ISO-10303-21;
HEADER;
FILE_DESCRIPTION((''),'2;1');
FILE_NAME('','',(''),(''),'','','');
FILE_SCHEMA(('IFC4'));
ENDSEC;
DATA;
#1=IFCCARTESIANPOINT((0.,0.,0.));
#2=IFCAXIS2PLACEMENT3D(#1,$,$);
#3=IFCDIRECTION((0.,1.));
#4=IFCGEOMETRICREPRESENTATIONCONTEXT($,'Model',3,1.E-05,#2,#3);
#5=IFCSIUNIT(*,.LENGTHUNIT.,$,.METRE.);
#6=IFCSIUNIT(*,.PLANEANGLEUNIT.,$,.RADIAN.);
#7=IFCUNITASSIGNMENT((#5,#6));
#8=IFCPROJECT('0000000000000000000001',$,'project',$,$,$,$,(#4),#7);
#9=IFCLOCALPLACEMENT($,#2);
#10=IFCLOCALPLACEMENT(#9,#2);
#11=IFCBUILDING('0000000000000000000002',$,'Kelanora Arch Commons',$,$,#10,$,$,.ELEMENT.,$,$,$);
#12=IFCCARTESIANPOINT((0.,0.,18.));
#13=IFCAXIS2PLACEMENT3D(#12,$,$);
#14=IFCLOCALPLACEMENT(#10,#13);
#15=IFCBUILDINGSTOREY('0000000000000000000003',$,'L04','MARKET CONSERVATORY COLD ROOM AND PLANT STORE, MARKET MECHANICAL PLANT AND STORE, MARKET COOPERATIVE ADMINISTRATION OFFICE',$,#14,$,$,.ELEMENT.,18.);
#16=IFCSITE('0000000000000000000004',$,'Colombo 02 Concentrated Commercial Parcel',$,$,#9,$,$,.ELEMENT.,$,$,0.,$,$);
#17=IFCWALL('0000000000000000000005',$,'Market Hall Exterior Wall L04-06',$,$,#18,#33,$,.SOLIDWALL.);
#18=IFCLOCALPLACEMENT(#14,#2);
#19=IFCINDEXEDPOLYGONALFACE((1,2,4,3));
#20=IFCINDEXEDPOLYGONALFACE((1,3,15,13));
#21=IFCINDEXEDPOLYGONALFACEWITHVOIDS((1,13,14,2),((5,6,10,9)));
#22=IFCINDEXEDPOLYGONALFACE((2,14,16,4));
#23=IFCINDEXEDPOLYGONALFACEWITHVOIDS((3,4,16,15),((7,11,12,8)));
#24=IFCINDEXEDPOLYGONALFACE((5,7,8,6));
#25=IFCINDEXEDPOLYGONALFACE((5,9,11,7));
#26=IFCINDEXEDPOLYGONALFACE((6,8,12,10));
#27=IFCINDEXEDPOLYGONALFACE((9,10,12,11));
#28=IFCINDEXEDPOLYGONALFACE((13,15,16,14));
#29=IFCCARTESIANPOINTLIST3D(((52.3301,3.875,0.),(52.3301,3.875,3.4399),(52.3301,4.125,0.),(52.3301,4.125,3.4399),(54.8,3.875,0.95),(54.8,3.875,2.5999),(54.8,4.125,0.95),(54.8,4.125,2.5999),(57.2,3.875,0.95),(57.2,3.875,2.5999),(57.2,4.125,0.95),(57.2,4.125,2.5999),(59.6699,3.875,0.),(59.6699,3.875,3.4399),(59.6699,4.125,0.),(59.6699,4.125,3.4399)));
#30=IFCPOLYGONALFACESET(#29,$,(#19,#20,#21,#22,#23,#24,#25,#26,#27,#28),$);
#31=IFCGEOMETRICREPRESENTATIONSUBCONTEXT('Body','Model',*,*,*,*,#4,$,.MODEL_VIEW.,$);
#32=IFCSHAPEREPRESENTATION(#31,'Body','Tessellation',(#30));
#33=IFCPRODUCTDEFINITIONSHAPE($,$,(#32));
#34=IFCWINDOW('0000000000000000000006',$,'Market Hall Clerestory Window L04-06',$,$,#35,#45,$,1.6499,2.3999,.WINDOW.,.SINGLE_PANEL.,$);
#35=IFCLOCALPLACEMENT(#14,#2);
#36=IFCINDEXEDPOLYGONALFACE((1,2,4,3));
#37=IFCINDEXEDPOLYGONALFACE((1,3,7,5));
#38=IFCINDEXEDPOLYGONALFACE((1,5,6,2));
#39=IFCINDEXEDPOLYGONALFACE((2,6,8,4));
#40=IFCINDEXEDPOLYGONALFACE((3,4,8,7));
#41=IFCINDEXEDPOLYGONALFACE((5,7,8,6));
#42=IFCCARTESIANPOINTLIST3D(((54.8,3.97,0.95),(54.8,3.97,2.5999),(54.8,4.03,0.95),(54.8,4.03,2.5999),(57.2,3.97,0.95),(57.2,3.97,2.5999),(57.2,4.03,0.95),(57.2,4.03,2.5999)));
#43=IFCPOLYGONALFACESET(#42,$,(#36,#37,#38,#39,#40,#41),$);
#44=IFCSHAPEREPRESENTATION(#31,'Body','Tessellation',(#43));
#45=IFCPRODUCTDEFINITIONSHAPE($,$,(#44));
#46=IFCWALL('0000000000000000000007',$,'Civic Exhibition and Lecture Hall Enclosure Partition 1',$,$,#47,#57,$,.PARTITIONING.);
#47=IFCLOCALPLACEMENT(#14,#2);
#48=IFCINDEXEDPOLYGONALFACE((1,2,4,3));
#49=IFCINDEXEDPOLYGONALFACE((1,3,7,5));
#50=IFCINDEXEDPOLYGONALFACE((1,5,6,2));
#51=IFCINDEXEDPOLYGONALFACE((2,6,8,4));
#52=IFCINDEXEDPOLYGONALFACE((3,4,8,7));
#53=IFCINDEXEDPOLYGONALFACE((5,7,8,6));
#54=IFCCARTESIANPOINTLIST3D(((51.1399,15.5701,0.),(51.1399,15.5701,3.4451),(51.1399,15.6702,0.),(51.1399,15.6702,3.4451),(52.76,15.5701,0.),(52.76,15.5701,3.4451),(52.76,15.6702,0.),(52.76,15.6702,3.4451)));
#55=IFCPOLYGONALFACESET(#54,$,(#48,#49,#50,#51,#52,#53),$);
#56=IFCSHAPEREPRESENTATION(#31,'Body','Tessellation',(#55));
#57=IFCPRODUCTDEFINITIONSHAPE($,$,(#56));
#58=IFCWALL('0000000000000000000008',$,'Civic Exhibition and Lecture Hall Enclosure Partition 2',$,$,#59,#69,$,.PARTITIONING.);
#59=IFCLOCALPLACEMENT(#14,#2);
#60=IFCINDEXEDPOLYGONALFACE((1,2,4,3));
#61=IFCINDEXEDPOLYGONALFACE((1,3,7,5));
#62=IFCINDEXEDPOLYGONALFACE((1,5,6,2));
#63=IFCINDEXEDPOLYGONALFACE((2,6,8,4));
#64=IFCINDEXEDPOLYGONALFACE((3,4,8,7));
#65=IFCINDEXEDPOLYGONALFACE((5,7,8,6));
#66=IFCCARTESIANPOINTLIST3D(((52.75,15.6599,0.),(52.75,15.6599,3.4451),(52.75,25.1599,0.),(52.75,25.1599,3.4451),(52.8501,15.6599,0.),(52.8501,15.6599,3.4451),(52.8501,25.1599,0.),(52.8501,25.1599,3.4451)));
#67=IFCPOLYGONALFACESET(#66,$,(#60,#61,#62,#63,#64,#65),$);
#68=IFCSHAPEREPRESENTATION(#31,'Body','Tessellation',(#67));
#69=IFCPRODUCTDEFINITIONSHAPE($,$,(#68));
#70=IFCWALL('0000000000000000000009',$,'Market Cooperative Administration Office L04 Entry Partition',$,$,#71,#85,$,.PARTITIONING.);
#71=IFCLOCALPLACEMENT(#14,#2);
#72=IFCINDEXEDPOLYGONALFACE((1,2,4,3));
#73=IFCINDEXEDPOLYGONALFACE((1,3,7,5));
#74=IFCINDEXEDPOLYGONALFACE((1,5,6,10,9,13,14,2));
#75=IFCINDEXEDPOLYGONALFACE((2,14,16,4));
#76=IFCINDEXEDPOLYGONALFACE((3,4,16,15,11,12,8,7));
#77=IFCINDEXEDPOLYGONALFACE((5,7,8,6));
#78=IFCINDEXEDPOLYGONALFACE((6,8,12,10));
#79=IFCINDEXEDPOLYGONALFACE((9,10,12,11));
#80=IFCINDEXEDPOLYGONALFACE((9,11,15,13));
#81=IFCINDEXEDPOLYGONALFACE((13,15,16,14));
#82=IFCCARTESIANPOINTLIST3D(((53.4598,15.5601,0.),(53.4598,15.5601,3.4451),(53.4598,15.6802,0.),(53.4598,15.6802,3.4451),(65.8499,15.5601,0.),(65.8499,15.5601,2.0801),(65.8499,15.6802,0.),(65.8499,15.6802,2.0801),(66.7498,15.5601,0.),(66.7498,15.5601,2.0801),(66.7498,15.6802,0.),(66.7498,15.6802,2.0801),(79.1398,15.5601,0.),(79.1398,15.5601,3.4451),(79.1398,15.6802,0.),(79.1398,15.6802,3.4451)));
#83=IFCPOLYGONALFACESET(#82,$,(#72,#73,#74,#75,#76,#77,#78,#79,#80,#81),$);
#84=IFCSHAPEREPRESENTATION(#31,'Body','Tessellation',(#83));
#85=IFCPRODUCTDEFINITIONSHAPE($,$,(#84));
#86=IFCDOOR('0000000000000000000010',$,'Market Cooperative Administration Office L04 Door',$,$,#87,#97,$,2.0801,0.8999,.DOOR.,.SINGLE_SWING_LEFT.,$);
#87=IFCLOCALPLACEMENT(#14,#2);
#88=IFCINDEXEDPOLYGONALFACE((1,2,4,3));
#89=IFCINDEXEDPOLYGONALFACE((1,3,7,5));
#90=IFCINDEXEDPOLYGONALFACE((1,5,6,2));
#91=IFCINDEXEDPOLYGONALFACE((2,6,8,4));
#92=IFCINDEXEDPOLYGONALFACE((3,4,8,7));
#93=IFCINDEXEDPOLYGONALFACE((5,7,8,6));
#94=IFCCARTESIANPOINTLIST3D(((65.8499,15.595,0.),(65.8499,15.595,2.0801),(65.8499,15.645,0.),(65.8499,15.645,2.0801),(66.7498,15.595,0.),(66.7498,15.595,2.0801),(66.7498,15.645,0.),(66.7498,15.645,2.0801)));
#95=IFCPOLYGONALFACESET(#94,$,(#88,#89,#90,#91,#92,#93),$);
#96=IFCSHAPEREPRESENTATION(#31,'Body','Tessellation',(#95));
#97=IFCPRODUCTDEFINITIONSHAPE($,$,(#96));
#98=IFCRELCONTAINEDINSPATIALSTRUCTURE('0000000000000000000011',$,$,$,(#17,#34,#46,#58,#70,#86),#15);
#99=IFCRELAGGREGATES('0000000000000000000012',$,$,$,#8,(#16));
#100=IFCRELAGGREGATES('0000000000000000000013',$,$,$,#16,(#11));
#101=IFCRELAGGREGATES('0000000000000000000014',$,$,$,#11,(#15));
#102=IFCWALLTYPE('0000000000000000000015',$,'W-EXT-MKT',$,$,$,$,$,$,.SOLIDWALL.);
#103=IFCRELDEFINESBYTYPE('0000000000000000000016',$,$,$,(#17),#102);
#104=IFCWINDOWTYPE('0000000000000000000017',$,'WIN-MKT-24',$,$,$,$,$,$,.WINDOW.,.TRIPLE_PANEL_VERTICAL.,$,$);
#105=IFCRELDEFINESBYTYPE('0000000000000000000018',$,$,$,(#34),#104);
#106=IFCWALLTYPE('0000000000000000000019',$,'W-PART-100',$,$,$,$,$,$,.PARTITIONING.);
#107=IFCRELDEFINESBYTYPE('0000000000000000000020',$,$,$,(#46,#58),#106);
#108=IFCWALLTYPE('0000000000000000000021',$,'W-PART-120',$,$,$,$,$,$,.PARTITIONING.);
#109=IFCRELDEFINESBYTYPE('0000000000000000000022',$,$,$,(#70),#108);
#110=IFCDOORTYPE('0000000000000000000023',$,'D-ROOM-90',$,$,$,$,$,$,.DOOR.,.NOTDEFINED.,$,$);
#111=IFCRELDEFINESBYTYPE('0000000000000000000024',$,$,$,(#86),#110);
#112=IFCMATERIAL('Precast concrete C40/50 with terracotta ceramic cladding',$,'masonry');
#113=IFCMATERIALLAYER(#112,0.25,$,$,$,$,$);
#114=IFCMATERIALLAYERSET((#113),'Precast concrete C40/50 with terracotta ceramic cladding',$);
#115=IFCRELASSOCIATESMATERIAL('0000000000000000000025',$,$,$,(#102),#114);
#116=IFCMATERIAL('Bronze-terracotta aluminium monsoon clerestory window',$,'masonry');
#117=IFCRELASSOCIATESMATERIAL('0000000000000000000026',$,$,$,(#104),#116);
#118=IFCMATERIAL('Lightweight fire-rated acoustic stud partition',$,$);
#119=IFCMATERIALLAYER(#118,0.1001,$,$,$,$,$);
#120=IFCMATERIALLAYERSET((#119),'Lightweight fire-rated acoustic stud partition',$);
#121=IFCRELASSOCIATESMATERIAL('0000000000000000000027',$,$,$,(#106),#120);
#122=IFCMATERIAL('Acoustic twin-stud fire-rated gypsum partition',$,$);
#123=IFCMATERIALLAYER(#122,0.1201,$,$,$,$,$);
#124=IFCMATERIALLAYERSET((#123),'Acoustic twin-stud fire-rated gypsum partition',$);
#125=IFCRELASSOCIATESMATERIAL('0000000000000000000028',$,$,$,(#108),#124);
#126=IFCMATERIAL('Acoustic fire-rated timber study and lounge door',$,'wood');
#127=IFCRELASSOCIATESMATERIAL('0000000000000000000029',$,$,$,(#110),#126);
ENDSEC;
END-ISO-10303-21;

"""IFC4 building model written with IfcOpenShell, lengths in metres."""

from ifc_helpers import new_model, si_unit, direction, frame, frame_2d, origin, place, context, subcontext, project, spatial, rectangle, extrude, material, layer, layer_set, type_object, element, fill, save


model = new_model("IFC4")

# Units and contexts
model_context = context("Model", 3, precision=1e-05, world=origin(), true_north=direction((0.0, 1.0)))
body_context = subcontext(model_context, "Body", "Model", "MODEL_VIEW")
ifc_project = project(units=[si_unit("LENGTHUNIT", "METRE"), si_unit("PLANEANGLEUNIT", "RADIAN")], contexts=[model_context])

# Site, building, storey
site_placement = place(None, origin())
site = spatial("IfcSite", under=ifc_project, at=site_placement, Name="Colombo 02 Concentrated Commercial Parcel", CompositionType="ELEMENT", RefElevation=0.0)
building_placement = place(site_placement, origin())
building = spatial("IfcBuilding", under=site, at=building_placement, Name="Kelanora Arch Commons", CompositionType="ELEMENT")
storey_placement = place(building_placement, frame((0.0, 0.0, 18.0)))
storey = spatial("IfcBuildingStorey", under=building, at=storey_placement, Name="L04", Description="MARKET CONSERVATORY COLD ROOM AND PLANT STORE, MARKET MECHANICAL PLANT AND STORE, MARKET COOPERATIVE ADMINISTRATION OFFICE", CompositionType="ELEMENT", Elevation=18.0)

# Wall, opening, window
ifc_material_1 = material(Name="Precast concrete C40/50 with terracotta ceramic cladding", Category="masonry")
ifc_layer_1 = layer(ifc_material_1, 0.25)
ifc_layer_set_1 = layer_set([ifc_layer_1], Name="Precast concrete C40/50 with terracotta ceramic cladding")
wall_type_1 = type_object("IfcWallType", Name="W-EXT-MKT", PredefinedType="SOLIDWALL", material=ifc_layer_set_1)
ifc_material_2 = material(Name="Bronze-terracotta aluminium monsoon clerestory window", Category="masonry")
window_type = type_object("IfcWindowType", Name="WIN-MKT-24", PartitioningType="TRIPLE_PANEL_VERTICAL", PredefinedType="WINDOW", material=ifc_material_2)
wall_1_placement = place(storey_placement, frame((52.3301, 4.0, 0.0), z_axis=(0.0, 0.0, 1.0), x_axis=(1.0, 0.0, 0.0)))
wall_1 = element("IfcWall", 1, at=wall_1_placement, inside=storey, type_object=wall_type_1, Name="Market Hall Exterior Wall L04-06", PredefinedType="SOLIDWALL", context=body_context, shape_type="SweptSolid", body=[
    extrude(rectangle(XDim=7.3398, YDim=0.25, at=frame_2d((3.6699, 0.0))), origin(), (0.0, 0.0, 1.0), 3.4399),
])
opening_1_placement = place(wall_1_placement, frame((2.47, 0.0, 0.95)))
opening_1 = element("IfcOpeningElement", 2, at=opening_1_placement, cuts=wall_1, PredefinedType="OPENING", context=body_context, shape_type="SweptSolid", body=[
    extrude(rectangle(XDim=2.3999, YDim=1.6499, at=frame_2d((1.2, 0.825))), frame((0.0, 0.135, 0.0), z_axis=(0.0, -1.0, 0.0), x_axis=(1.0, 0.0, 0.0)), (0.0, 0.0, 1.0), 0.27),
])
window_1_placement = place(opening_1_placement, origin())
window_1 = element("IfcWindow", 3, at=window_1_placement, inside=storey, type_object=window_type, Name="Market Hall Clerestory Window L04-06", OverallHeight=1.6499, OverallWidth=2.3999, PartitioningType="SINGLE_PANEL", PredefinedType="WINDOW", context=body_context, shape_type="SweptSolid", body=[
    extrude(rectangle(XDim=2.3999, YDim=1.6499, at=frame_2d((1.2, 0.825))), frame((0.0, 0.03, 0.0), z_axis=(0.0, -1.0, 0.0), x_axis=(1.0, 0.0, 0.0)), (0.0, 0.0, 1.0), 0.0601),
])
fill(opening_1, window_1)

# Walls
ifc_material_3 = material(Name="Lightweight fire-rated acoustic stud partition")
ifc_layer_2 = layer(ifc_material_3, 0.1001)
ifc_layer_set_2 = layer_set([ifc_layer_2], Name="Lightweight fire-rated acoustic stud partition")
wall_type_2 = type_object("IfcWallType", Name="W-PART-100", PredefinedType="PARTITIONING", material=ifc_layer_set_2)
wall_2_placement = place(storey_placement, frame((51.1399, 15.6201, 0.0), z_axis=(0.0, 0.0, 1.0), x_axis=(1.0, 0.0, 0.0)))
element("IfcWall", 4, at=wall_2_placement, inside=storey, type_object=wall_type_2, Name="Civic Exhibition and Lecture Hall Enclosure Partition 1", PredefinedType="PARTITIONING", context=body_context, shape_type="SweptSolid", body=[
    extrude(rectangle(XDim=1.6201, YDim=0.1001, at=frame_2d((0.8101, 0.0))), origin(), (0.0, 0.0, 1.0), 3.4451),
])
wall_3_placement = place(storey_placement, frame((52.8, 15.6599, 0.0), z_axis=(0.0, 0.0, 1.0), x_axis=(0.0, 1.0, 0.0)))
element("IfcWall", 5, at=wall_3_placement, inside=storey, type_object=wall_type_2, Name="Civic Exhibition and Lecture Hall Enclosure Partition 2", PredefinedType="PARTITIONING", context=body_context, shape_type="SweptSolid", body=[
    extrude(rectangle(XDim=9.5, YDim=0.1001, at=frame_2d((4.75, 0.0))), origin(), (0.0, 0.0, 1.0), 3.4451),
])

# Wall, opening, door
ifc_material_4 = material(Name="Acoustic twin-stud fire-rated gypsum partition")
ifc_layer_3 = layer(ifc_material_4, 0.1201)
ifc_layer_set_3 = layer_set([ifc_layer_3], Name="Acoustic twin-stud fire-rated gypsum partition")
wall_type_3 = type_object("IfcWallType", Name="W-PART-120", PredefinedType="PARTITIONING", material=ifc_layer_set_3)
wall_4_placement = place(storey_placement, frame((53.46, 15.6201, 0.0), z_axis=(0.0, 0.0, 1.0), x_axis=(1.0, 0.0, 0.0)))
wall_4 = element("IfcWall", 6, at=wall_4_placement, inside=storey, type_object=wall_type_3, Name="Market Cooperative Administration Office L04 Entry Partition", PredefinedType="PARTITIONING", context=body_context, shape_type="SweptSolid", body=[
    extrude(rectangle(XDim=25.6799, YDim=0.1201, at=frame_2d((12.8398, 0.0))), origin(), (0.0, 0.0, 1.0), 3.4451),
])
opening_2_placement = place(wall_4_placement, frame((12.3899, 0.0, 0.0)))
opening_2 = element("IfcOpeningElement", 7, at=opening_2_placement, cuts=wall_4, PredefinedType="OPENING", context=body_context, shape_type="SweptSolid", body=[
    extrude(rectangle(XDim=0.8999, YDim=2.0801, at=frame_2d((0.45, 1.04))), frame((0.0, 0.0701, 0.0), z_axis=(0.0, -1.0, 0.0), x_axis=(1.0, 0.0, 0.0)), (0.0, 0.0, 1.0), 0.1401),
])
ifc_material_5 = material(Name="Acoustic fire-rated timber study and lounge door", Category="wood")
door_type = type_object("IfcDoorType", Name="D-ROOM-90", OperationType="NOTDEFINED", PredefinedType="DOOR", material=ifc_material_5)
door_placement = place(opening_2_placement, origin())
door = element("IfcDoor", 8, at=door_placement, inside=storey, type_object=door_type, Name="Market Cooperative Administration Office L04 Door", OperationType="SINGLE_SWING_LEFT", OverallHeight=2.0801, OverallWidth=0.8999, PredefinedType="DOOR", context=body_context, shape_type="SweptSolid", body=[
    extrude(rectangle(XDim=0.8999, YDim=2.0801, at=frame_2d((0.45, 1.04))), frame((0.0, 0.0249, 0.0), z_axis=(0.0, -1.0, 0.0), x_axis=(1.0, 0.0, 0.0)), (0.0, 0.0, 1.0), 0.05),
])
fill(opening_2, door)

save(model, "model.ifc")
